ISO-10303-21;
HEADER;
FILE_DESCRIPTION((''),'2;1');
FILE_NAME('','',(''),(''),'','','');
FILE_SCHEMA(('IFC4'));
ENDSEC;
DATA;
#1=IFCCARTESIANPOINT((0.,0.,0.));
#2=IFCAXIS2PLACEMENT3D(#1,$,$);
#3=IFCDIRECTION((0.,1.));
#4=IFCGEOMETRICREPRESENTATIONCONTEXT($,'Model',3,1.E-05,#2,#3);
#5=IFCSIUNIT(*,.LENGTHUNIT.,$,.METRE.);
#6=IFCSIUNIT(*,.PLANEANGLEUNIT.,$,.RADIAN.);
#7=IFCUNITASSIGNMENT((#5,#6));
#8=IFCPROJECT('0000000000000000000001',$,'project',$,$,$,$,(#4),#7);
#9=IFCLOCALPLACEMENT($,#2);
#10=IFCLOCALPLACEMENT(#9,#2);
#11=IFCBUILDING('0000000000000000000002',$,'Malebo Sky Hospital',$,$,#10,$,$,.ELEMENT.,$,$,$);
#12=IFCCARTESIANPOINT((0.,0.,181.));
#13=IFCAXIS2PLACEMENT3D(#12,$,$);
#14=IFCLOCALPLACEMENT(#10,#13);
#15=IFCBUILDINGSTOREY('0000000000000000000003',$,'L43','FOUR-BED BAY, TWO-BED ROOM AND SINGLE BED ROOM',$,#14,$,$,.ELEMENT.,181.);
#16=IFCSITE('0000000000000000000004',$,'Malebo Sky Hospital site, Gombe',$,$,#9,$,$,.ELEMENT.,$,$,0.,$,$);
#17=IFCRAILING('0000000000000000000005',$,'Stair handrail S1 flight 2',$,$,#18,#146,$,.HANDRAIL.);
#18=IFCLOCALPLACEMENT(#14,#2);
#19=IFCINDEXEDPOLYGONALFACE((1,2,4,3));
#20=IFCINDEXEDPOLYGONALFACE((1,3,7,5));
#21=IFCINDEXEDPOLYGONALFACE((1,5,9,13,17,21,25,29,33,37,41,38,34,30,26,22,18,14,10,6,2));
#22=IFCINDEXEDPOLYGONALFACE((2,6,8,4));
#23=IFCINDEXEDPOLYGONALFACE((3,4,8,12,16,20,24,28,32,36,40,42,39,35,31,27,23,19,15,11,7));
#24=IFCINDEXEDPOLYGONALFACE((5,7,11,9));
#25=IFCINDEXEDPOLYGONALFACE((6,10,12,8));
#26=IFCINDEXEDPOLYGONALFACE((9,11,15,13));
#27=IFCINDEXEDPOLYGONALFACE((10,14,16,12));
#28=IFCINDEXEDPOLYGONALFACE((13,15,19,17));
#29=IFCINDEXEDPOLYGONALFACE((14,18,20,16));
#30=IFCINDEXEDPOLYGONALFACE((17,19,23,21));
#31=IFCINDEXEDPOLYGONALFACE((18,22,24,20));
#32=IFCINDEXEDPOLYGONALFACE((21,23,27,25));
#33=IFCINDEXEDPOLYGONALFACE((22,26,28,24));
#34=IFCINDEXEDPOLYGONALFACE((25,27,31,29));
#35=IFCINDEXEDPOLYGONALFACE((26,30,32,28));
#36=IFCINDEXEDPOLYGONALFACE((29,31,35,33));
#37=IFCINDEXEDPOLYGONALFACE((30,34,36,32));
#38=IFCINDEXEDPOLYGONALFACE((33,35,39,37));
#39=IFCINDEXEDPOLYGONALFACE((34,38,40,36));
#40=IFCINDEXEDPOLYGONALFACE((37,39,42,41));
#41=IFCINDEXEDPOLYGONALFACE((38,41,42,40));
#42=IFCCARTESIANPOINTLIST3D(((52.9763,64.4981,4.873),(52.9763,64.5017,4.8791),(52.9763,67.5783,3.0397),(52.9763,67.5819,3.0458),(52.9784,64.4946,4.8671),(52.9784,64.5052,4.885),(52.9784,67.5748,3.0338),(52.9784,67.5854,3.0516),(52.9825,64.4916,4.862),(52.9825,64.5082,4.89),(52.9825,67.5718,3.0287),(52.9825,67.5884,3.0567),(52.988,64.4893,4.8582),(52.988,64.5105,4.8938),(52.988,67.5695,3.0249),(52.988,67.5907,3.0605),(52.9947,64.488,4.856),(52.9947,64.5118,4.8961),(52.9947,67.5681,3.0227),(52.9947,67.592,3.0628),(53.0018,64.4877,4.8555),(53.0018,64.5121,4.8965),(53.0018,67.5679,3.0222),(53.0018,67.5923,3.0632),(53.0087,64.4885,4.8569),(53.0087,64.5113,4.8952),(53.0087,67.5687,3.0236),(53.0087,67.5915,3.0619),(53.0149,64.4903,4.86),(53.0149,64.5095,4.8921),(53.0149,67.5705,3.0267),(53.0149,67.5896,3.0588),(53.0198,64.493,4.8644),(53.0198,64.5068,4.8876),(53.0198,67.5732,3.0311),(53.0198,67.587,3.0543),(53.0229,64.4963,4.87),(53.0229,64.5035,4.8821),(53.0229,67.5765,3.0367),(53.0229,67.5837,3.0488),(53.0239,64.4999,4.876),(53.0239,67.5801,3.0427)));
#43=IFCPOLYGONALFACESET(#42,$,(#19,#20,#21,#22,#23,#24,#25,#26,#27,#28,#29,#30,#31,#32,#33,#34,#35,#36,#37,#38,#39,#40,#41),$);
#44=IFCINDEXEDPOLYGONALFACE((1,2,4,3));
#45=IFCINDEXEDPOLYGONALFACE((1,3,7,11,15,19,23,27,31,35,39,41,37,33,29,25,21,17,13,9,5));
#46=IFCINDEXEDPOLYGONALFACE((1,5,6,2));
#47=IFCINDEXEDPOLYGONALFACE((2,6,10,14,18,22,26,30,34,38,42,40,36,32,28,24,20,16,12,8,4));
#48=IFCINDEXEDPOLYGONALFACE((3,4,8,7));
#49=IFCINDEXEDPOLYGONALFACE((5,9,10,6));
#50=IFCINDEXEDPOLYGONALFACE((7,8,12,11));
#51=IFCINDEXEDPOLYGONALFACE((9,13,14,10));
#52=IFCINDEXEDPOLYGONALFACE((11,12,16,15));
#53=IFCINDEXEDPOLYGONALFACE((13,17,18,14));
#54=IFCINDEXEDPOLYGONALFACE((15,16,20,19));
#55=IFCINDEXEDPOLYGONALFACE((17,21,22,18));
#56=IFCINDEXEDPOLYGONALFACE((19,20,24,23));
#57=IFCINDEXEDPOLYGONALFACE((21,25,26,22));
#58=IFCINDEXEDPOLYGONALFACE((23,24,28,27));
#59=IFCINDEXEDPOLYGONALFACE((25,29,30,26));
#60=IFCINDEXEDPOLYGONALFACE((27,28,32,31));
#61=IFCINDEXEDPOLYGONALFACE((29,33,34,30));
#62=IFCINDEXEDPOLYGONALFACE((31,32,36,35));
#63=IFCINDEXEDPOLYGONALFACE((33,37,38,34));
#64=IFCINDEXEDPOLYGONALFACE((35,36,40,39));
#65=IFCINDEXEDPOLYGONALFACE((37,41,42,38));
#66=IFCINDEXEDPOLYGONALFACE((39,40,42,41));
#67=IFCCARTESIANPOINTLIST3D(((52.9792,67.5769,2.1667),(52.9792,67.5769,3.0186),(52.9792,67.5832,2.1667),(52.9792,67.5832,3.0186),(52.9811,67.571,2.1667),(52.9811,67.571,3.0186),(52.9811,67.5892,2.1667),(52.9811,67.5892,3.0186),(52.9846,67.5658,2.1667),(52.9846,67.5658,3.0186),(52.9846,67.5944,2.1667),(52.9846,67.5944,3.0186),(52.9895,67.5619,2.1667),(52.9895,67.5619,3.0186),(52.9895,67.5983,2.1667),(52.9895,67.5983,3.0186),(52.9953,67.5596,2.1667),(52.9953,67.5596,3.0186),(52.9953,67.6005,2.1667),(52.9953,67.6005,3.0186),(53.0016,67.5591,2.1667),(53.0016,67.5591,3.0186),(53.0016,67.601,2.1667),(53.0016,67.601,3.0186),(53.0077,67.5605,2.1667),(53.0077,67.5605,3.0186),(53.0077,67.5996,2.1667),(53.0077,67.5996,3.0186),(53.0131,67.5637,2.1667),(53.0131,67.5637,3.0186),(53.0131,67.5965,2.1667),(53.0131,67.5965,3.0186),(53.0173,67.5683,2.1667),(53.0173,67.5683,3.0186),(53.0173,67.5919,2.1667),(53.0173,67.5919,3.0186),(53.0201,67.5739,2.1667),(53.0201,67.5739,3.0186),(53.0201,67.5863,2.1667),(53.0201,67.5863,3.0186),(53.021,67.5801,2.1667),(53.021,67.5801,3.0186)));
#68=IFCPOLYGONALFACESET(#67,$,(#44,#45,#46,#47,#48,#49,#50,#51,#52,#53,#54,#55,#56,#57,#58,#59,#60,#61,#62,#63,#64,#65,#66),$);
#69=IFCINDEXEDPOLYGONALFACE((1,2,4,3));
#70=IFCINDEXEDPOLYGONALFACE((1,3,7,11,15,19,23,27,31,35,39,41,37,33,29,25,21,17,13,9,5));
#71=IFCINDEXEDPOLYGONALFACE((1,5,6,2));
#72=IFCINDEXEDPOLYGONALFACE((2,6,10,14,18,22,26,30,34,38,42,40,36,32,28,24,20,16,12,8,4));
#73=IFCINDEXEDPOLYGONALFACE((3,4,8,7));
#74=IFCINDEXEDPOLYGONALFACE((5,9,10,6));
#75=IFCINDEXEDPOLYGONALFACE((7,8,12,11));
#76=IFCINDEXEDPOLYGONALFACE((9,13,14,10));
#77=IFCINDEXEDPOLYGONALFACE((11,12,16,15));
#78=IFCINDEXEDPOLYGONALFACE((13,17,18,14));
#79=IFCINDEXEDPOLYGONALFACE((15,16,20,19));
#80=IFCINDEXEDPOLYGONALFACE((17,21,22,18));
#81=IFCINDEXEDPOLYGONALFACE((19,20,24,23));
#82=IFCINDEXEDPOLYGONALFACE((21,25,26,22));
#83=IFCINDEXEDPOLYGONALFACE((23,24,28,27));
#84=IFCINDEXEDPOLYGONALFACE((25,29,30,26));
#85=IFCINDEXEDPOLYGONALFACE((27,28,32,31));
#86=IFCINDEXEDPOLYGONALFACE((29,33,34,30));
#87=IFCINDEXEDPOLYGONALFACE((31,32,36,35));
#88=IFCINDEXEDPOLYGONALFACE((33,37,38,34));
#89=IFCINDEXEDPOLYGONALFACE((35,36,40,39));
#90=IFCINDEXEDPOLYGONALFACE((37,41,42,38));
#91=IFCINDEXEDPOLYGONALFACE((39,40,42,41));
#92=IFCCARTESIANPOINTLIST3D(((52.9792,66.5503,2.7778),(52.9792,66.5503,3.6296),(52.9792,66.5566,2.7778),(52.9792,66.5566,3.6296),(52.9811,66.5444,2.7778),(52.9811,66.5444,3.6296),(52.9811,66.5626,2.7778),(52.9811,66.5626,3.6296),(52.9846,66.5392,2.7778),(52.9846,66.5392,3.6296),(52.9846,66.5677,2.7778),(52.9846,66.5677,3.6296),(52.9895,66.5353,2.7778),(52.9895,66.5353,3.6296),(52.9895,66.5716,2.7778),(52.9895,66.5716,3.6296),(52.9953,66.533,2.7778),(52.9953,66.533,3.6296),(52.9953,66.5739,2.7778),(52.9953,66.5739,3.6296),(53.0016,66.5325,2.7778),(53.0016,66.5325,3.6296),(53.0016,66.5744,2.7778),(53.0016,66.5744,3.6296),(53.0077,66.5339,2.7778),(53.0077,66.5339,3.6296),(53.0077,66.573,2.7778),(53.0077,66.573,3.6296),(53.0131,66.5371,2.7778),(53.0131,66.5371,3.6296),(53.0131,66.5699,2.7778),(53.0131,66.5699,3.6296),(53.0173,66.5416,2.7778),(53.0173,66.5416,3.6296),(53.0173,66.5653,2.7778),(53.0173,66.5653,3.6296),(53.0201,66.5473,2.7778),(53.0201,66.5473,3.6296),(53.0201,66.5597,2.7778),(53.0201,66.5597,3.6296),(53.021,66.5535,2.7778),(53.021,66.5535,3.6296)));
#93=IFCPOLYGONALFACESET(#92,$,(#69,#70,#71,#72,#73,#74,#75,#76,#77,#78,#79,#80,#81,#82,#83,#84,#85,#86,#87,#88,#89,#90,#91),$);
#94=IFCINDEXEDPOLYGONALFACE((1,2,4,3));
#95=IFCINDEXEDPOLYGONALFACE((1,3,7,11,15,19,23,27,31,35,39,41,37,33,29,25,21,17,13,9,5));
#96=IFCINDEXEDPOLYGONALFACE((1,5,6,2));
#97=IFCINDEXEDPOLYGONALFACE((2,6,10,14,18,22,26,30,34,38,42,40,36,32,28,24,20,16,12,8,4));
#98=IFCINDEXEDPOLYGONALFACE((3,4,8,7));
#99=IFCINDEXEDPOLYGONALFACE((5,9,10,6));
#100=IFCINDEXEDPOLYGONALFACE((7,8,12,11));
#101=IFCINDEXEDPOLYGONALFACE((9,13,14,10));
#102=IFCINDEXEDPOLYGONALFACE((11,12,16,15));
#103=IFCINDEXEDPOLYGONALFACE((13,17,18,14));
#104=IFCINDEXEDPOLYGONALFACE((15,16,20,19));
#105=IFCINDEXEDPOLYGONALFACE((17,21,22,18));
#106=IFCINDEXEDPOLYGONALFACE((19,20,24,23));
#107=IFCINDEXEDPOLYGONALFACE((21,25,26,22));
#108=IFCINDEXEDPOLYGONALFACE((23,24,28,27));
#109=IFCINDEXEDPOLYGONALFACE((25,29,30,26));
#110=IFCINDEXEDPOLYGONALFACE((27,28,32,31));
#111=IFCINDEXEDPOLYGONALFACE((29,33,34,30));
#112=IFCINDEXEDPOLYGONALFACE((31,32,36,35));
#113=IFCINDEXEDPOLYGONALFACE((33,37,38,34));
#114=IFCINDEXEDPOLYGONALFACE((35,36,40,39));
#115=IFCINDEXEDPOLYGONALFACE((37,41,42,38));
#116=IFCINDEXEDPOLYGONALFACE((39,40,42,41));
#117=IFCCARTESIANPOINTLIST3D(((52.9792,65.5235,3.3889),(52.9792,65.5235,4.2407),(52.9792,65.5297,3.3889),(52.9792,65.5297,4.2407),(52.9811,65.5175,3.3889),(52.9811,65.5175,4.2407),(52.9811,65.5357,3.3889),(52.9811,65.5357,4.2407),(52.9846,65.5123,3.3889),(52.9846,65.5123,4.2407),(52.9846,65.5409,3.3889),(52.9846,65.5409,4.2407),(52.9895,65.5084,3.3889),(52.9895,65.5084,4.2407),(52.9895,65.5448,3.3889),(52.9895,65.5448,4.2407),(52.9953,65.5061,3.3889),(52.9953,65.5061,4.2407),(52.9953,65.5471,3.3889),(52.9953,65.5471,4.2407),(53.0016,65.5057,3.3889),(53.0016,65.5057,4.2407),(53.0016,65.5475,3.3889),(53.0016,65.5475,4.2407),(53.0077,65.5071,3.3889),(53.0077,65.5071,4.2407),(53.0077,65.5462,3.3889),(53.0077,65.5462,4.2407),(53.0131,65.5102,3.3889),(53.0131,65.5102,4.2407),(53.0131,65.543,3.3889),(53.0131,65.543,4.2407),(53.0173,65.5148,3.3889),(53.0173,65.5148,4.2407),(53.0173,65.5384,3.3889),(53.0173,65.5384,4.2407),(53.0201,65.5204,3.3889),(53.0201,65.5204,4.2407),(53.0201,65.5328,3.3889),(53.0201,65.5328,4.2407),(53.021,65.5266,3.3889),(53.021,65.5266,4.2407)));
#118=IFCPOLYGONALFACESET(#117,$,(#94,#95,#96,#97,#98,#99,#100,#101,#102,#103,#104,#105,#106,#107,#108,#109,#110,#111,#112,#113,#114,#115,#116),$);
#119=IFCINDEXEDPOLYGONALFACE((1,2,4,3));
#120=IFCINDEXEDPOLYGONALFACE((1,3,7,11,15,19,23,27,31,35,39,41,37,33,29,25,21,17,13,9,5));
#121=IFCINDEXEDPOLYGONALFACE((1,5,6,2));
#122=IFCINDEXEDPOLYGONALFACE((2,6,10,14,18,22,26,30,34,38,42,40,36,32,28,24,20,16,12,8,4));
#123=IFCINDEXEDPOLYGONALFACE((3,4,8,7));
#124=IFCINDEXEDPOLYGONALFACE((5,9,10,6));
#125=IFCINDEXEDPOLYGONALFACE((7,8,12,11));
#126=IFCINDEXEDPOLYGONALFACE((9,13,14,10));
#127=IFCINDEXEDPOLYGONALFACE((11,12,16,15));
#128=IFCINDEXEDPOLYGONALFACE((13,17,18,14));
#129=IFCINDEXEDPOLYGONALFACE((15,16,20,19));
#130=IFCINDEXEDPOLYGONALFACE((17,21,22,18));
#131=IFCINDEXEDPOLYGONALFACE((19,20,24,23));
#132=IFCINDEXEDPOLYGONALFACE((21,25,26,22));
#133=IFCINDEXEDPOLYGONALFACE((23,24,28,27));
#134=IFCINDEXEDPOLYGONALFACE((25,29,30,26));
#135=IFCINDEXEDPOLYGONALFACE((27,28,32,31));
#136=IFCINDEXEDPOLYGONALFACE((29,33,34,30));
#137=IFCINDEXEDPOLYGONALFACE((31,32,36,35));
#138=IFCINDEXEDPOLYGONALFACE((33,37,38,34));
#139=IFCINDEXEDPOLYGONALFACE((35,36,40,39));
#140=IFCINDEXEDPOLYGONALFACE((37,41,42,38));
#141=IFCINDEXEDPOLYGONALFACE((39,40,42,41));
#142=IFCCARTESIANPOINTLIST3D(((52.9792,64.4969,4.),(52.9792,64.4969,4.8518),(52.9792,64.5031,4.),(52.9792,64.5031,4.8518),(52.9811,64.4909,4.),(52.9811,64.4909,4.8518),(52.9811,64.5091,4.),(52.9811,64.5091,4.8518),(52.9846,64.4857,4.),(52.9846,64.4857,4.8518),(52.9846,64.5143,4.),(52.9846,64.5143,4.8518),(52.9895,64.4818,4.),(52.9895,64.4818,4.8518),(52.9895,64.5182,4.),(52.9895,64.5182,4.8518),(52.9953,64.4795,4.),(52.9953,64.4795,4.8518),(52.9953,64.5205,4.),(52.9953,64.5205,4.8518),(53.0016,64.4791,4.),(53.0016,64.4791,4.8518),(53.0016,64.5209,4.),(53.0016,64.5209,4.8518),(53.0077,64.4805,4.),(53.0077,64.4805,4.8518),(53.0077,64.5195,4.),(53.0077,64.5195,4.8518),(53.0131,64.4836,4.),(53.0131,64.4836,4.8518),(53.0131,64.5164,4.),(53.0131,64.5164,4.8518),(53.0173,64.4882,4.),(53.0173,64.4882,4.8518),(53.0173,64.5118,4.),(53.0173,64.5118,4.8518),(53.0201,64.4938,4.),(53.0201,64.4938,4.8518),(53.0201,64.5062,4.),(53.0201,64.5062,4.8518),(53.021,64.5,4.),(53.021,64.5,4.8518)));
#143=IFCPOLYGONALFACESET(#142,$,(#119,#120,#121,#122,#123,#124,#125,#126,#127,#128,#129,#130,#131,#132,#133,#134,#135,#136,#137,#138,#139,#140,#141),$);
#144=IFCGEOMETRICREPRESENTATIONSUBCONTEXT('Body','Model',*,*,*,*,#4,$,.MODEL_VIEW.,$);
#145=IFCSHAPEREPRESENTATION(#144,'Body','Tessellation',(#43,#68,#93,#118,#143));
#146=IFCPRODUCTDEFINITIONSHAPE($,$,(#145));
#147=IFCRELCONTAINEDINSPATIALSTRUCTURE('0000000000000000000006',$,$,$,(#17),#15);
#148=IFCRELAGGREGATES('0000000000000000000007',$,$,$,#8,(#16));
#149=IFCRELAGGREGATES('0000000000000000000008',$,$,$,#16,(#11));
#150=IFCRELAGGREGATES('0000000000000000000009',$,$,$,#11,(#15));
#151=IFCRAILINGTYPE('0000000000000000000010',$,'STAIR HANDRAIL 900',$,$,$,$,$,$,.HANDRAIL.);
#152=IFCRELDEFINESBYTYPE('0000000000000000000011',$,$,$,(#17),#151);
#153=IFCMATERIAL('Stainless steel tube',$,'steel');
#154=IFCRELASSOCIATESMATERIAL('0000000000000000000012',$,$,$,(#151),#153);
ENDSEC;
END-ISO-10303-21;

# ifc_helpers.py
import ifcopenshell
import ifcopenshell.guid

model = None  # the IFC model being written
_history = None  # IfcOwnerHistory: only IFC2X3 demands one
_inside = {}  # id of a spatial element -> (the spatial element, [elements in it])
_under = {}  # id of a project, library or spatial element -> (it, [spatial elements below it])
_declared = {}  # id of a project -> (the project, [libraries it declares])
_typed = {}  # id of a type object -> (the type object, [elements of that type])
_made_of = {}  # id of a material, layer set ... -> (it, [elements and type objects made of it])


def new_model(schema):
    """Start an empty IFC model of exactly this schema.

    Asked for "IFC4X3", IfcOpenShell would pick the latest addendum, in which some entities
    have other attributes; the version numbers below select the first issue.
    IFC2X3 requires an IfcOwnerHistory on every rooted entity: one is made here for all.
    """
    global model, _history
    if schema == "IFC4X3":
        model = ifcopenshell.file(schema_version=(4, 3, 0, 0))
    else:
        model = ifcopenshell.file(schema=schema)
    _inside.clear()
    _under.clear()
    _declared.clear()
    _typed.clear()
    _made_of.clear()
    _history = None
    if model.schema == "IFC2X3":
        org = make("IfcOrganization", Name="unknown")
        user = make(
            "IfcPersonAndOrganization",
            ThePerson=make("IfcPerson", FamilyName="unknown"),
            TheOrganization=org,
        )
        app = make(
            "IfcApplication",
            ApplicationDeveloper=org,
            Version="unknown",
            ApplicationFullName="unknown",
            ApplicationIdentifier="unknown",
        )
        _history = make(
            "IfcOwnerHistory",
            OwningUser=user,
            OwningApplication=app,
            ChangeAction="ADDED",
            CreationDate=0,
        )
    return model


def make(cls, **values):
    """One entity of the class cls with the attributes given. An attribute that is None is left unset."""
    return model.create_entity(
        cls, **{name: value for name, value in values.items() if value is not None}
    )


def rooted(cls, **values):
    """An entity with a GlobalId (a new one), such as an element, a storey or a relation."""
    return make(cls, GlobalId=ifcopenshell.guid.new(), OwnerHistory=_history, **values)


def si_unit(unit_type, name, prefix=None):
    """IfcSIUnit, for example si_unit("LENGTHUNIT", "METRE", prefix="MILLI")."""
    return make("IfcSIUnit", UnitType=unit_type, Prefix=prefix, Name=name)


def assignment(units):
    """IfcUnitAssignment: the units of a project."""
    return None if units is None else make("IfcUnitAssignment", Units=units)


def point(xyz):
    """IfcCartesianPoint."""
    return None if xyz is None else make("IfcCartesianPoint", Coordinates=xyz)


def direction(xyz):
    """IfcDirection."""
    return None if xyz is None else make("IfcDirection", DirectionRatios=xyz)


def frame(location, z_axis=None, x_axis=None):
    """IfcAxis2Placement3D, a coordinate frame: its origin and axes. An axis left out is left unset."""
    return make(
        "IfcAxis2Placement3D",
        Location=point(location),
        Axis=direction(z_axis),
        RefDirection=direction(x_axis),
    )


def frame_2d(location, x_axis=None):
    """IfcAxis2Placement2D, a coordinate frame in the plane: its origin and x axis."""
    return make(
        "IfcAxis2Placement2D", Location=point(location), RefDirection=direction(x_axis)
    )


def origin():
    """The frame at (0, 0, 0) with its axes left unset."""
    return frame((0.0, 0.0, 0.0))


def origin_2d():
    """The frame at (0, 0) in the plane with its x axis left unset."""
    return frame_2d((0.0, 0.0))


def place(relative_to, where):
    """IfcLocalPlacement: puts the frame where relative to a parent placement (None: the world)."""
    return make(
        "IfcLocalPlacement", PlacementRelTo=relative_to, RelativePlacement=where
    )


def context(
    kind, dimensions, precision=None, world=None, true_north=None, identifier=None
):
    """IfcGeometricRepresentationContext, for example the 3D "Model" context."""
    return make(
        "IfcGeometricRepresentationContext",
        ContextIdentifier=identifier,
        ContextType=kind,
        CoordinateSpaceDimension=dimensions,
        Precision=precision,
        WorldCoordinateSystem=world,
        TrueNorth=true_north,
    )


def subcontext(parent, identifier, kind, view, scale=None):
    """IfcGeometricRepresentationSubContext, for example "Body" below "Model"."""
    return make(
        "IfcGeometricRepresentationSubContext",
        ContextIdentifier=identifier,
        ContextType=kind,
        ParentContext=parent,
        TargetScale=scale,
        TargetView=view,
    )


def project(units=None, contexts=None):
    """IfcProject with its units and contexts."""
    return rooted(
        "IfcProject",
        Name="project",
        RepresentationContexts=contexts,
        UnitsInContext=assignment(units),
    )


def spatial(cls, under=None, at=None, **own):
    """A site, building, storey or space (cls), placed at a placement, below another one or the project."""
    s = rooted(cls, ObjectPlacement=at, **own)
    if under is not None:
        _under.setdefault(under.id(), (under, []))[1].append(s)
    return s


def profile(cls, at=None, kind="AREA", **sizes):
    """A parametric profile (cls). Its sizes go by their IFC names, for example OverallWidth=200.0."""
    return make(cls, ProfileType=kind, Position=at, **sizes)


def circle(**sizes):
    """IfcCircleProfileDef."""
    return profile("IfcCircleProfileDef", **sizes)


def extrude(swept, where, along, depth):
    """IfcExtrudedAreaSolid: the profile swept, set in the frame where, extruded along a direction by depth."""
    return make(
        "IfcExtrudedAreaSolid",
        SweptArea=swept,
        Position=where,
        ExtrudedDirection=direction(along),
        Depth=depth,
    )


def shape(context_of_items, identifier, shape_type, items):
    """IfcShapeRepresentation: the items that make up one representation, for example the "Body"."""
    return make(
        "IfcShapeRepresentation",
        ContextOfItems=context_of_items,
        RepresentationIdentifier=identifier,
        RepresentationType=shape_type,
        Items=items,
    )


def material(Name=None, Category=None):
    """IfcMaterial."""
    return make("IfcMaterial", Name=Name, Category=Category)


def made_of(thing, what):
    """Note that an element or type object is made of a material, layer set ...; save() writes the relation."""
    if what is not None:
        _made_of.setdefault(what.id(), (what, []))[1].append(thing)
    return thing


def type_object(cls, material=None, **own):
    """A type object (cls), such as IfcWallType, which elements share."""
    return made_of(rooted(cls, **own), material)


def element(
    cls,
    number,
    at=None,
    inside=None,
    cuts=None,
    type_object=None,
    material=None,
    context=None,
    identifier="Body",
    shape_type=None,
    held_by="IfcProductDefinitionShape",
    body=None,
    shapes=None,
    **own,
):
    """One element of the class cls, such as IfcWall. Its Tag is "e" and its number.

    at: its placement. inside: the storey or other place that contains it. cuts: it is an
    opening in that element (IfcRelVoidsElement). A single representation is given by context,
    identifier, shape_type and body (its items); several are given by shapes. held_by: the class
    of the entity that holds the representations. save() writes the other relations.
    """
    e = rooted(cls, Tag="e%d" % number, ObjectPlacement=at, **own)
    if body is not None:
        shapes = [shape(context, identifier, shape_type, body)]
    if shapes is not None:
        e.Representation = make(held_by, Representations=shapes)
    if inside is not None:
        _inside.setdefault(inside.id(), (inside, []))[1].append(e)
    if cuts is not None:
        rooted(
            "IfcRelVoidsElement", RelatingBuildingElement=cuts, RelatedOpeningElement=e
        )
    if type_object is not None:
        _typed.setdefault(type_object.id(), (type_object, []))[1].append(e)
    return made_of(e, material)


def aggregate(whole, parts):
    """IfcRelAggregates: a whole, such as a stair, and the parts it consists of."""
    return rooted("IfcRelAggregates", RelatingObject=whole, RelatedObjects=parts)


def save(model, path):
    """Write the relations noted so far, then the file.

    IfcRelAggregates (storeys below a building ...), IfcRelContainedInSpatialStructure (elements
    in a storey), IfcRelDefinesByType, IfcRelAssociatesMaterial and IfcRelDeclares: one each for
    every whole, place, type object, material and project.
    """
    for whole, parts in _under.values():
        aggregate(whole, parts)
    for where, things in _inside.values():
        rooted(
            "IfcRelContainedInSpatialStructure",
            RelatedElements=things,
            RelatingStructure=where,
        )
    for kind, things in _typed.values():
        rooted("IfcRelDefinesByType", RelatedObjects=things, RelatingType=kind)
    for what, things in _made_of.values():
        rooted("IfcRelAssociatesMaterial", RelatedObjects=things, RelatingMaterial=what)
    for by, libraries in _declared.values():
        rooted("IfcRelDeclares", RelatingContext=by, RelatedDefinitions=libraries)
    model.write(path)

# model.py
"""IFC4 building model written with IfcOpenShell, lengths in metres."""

from ifc_helpers import new_model, si_unit, direction, frame, origin, origin_2d, place, context, subcontext, project, spatial, circle, extrude, material, type_object, element, save


model = new_model("IFC4")

# Units and contexts
model_context = context("Model", 3, precision=1e-05, world=origin(), true_north=direction((0.0, 1.0)))
body_context = subcontext(model_context, "Body", "Model", "MODEL_VIEW")
ifc_project = project(units=[si_unit("LENGTHUNIT", "METRE"), si_unit("PLANEANGLEUNIT", "RADIAN")], contexts=[model_context])

# Site, building, storey
site_placement = place(None, origin())
site = spatial("IfcSite", under=ifc_project, at=site_placement, Name="Malebo Sky Hospital site, Gombe", CompositionType="ELEMENT", RefElevation=0.0)
building_placement = place(site_placement, origin())
building = spatial("IfcBuilding", under=site, at=building_placement, Name="Malebo Sky Hospital", CompositionType="ELEMENT")
storey_placement = place(building_placement, frame((0.0, 0.0, 181.0)))
storey = spatial("IfcBuildingStorey", under=building, at=storey_placement, Name="L43", Description="FOUR-BED BAY, TWO-BED ROOM AND SINGLE BED ROOM", CompositionType="ELEMENT", Elevation=181.0)

# Railing
ifc_material_1 = material(Name="Stainless steel tube", Category="steel")
railing_type = type_object("IfcRailingType", Name="STAIR HANDRAIL 900", PredefinedType="HANDRAIL", material=ifc_material_1)
railing_1_placement = place(storey_placement, frame((53.0, 67.5801, 2.1667)))
element("IfcRailing", 1, at=railing_1_placement, inside=storey, type_object=railing_type, Name="Stair handrail S1 flight 2", PredefinedType="HANDRAIL", context=body_context, shape_type="SweptSolid", body=[
    extrude(circle(Radius=0.0239, at=origin_2d()), frame((0.0, 0.0, 0.876), z_axis=(0.0, -0.859309, 0.511458), x_axis=(1.0, 0.0, 0.0)), (0.0, 0.0, 1.0), 3.5845),
    extrude(circle(Radius=0.021, at=origin_2d()), origin(), (0.0, 0.0, 1.0), 0.8518),
    extrude(circle(Radius=0.021, at=origin_2d()), frame((0.0, -1.0266, 0.6111)), (0.0, 0.0, 1.0), 0.8518),
    extrude(circle(Radius=0.021, at=origin_2d()), frame((0.0, -2.0535, 1.2222)), (0.0, 0.0, 1.0), 0.8518),
    extrude(circle(Radius=0.021, at=origin_2d()), frame((0.0, -3.0801, 1.8333)), (0.0, 0.0, 1.0), 0.8518),
])

save(model, "model.ifc")
